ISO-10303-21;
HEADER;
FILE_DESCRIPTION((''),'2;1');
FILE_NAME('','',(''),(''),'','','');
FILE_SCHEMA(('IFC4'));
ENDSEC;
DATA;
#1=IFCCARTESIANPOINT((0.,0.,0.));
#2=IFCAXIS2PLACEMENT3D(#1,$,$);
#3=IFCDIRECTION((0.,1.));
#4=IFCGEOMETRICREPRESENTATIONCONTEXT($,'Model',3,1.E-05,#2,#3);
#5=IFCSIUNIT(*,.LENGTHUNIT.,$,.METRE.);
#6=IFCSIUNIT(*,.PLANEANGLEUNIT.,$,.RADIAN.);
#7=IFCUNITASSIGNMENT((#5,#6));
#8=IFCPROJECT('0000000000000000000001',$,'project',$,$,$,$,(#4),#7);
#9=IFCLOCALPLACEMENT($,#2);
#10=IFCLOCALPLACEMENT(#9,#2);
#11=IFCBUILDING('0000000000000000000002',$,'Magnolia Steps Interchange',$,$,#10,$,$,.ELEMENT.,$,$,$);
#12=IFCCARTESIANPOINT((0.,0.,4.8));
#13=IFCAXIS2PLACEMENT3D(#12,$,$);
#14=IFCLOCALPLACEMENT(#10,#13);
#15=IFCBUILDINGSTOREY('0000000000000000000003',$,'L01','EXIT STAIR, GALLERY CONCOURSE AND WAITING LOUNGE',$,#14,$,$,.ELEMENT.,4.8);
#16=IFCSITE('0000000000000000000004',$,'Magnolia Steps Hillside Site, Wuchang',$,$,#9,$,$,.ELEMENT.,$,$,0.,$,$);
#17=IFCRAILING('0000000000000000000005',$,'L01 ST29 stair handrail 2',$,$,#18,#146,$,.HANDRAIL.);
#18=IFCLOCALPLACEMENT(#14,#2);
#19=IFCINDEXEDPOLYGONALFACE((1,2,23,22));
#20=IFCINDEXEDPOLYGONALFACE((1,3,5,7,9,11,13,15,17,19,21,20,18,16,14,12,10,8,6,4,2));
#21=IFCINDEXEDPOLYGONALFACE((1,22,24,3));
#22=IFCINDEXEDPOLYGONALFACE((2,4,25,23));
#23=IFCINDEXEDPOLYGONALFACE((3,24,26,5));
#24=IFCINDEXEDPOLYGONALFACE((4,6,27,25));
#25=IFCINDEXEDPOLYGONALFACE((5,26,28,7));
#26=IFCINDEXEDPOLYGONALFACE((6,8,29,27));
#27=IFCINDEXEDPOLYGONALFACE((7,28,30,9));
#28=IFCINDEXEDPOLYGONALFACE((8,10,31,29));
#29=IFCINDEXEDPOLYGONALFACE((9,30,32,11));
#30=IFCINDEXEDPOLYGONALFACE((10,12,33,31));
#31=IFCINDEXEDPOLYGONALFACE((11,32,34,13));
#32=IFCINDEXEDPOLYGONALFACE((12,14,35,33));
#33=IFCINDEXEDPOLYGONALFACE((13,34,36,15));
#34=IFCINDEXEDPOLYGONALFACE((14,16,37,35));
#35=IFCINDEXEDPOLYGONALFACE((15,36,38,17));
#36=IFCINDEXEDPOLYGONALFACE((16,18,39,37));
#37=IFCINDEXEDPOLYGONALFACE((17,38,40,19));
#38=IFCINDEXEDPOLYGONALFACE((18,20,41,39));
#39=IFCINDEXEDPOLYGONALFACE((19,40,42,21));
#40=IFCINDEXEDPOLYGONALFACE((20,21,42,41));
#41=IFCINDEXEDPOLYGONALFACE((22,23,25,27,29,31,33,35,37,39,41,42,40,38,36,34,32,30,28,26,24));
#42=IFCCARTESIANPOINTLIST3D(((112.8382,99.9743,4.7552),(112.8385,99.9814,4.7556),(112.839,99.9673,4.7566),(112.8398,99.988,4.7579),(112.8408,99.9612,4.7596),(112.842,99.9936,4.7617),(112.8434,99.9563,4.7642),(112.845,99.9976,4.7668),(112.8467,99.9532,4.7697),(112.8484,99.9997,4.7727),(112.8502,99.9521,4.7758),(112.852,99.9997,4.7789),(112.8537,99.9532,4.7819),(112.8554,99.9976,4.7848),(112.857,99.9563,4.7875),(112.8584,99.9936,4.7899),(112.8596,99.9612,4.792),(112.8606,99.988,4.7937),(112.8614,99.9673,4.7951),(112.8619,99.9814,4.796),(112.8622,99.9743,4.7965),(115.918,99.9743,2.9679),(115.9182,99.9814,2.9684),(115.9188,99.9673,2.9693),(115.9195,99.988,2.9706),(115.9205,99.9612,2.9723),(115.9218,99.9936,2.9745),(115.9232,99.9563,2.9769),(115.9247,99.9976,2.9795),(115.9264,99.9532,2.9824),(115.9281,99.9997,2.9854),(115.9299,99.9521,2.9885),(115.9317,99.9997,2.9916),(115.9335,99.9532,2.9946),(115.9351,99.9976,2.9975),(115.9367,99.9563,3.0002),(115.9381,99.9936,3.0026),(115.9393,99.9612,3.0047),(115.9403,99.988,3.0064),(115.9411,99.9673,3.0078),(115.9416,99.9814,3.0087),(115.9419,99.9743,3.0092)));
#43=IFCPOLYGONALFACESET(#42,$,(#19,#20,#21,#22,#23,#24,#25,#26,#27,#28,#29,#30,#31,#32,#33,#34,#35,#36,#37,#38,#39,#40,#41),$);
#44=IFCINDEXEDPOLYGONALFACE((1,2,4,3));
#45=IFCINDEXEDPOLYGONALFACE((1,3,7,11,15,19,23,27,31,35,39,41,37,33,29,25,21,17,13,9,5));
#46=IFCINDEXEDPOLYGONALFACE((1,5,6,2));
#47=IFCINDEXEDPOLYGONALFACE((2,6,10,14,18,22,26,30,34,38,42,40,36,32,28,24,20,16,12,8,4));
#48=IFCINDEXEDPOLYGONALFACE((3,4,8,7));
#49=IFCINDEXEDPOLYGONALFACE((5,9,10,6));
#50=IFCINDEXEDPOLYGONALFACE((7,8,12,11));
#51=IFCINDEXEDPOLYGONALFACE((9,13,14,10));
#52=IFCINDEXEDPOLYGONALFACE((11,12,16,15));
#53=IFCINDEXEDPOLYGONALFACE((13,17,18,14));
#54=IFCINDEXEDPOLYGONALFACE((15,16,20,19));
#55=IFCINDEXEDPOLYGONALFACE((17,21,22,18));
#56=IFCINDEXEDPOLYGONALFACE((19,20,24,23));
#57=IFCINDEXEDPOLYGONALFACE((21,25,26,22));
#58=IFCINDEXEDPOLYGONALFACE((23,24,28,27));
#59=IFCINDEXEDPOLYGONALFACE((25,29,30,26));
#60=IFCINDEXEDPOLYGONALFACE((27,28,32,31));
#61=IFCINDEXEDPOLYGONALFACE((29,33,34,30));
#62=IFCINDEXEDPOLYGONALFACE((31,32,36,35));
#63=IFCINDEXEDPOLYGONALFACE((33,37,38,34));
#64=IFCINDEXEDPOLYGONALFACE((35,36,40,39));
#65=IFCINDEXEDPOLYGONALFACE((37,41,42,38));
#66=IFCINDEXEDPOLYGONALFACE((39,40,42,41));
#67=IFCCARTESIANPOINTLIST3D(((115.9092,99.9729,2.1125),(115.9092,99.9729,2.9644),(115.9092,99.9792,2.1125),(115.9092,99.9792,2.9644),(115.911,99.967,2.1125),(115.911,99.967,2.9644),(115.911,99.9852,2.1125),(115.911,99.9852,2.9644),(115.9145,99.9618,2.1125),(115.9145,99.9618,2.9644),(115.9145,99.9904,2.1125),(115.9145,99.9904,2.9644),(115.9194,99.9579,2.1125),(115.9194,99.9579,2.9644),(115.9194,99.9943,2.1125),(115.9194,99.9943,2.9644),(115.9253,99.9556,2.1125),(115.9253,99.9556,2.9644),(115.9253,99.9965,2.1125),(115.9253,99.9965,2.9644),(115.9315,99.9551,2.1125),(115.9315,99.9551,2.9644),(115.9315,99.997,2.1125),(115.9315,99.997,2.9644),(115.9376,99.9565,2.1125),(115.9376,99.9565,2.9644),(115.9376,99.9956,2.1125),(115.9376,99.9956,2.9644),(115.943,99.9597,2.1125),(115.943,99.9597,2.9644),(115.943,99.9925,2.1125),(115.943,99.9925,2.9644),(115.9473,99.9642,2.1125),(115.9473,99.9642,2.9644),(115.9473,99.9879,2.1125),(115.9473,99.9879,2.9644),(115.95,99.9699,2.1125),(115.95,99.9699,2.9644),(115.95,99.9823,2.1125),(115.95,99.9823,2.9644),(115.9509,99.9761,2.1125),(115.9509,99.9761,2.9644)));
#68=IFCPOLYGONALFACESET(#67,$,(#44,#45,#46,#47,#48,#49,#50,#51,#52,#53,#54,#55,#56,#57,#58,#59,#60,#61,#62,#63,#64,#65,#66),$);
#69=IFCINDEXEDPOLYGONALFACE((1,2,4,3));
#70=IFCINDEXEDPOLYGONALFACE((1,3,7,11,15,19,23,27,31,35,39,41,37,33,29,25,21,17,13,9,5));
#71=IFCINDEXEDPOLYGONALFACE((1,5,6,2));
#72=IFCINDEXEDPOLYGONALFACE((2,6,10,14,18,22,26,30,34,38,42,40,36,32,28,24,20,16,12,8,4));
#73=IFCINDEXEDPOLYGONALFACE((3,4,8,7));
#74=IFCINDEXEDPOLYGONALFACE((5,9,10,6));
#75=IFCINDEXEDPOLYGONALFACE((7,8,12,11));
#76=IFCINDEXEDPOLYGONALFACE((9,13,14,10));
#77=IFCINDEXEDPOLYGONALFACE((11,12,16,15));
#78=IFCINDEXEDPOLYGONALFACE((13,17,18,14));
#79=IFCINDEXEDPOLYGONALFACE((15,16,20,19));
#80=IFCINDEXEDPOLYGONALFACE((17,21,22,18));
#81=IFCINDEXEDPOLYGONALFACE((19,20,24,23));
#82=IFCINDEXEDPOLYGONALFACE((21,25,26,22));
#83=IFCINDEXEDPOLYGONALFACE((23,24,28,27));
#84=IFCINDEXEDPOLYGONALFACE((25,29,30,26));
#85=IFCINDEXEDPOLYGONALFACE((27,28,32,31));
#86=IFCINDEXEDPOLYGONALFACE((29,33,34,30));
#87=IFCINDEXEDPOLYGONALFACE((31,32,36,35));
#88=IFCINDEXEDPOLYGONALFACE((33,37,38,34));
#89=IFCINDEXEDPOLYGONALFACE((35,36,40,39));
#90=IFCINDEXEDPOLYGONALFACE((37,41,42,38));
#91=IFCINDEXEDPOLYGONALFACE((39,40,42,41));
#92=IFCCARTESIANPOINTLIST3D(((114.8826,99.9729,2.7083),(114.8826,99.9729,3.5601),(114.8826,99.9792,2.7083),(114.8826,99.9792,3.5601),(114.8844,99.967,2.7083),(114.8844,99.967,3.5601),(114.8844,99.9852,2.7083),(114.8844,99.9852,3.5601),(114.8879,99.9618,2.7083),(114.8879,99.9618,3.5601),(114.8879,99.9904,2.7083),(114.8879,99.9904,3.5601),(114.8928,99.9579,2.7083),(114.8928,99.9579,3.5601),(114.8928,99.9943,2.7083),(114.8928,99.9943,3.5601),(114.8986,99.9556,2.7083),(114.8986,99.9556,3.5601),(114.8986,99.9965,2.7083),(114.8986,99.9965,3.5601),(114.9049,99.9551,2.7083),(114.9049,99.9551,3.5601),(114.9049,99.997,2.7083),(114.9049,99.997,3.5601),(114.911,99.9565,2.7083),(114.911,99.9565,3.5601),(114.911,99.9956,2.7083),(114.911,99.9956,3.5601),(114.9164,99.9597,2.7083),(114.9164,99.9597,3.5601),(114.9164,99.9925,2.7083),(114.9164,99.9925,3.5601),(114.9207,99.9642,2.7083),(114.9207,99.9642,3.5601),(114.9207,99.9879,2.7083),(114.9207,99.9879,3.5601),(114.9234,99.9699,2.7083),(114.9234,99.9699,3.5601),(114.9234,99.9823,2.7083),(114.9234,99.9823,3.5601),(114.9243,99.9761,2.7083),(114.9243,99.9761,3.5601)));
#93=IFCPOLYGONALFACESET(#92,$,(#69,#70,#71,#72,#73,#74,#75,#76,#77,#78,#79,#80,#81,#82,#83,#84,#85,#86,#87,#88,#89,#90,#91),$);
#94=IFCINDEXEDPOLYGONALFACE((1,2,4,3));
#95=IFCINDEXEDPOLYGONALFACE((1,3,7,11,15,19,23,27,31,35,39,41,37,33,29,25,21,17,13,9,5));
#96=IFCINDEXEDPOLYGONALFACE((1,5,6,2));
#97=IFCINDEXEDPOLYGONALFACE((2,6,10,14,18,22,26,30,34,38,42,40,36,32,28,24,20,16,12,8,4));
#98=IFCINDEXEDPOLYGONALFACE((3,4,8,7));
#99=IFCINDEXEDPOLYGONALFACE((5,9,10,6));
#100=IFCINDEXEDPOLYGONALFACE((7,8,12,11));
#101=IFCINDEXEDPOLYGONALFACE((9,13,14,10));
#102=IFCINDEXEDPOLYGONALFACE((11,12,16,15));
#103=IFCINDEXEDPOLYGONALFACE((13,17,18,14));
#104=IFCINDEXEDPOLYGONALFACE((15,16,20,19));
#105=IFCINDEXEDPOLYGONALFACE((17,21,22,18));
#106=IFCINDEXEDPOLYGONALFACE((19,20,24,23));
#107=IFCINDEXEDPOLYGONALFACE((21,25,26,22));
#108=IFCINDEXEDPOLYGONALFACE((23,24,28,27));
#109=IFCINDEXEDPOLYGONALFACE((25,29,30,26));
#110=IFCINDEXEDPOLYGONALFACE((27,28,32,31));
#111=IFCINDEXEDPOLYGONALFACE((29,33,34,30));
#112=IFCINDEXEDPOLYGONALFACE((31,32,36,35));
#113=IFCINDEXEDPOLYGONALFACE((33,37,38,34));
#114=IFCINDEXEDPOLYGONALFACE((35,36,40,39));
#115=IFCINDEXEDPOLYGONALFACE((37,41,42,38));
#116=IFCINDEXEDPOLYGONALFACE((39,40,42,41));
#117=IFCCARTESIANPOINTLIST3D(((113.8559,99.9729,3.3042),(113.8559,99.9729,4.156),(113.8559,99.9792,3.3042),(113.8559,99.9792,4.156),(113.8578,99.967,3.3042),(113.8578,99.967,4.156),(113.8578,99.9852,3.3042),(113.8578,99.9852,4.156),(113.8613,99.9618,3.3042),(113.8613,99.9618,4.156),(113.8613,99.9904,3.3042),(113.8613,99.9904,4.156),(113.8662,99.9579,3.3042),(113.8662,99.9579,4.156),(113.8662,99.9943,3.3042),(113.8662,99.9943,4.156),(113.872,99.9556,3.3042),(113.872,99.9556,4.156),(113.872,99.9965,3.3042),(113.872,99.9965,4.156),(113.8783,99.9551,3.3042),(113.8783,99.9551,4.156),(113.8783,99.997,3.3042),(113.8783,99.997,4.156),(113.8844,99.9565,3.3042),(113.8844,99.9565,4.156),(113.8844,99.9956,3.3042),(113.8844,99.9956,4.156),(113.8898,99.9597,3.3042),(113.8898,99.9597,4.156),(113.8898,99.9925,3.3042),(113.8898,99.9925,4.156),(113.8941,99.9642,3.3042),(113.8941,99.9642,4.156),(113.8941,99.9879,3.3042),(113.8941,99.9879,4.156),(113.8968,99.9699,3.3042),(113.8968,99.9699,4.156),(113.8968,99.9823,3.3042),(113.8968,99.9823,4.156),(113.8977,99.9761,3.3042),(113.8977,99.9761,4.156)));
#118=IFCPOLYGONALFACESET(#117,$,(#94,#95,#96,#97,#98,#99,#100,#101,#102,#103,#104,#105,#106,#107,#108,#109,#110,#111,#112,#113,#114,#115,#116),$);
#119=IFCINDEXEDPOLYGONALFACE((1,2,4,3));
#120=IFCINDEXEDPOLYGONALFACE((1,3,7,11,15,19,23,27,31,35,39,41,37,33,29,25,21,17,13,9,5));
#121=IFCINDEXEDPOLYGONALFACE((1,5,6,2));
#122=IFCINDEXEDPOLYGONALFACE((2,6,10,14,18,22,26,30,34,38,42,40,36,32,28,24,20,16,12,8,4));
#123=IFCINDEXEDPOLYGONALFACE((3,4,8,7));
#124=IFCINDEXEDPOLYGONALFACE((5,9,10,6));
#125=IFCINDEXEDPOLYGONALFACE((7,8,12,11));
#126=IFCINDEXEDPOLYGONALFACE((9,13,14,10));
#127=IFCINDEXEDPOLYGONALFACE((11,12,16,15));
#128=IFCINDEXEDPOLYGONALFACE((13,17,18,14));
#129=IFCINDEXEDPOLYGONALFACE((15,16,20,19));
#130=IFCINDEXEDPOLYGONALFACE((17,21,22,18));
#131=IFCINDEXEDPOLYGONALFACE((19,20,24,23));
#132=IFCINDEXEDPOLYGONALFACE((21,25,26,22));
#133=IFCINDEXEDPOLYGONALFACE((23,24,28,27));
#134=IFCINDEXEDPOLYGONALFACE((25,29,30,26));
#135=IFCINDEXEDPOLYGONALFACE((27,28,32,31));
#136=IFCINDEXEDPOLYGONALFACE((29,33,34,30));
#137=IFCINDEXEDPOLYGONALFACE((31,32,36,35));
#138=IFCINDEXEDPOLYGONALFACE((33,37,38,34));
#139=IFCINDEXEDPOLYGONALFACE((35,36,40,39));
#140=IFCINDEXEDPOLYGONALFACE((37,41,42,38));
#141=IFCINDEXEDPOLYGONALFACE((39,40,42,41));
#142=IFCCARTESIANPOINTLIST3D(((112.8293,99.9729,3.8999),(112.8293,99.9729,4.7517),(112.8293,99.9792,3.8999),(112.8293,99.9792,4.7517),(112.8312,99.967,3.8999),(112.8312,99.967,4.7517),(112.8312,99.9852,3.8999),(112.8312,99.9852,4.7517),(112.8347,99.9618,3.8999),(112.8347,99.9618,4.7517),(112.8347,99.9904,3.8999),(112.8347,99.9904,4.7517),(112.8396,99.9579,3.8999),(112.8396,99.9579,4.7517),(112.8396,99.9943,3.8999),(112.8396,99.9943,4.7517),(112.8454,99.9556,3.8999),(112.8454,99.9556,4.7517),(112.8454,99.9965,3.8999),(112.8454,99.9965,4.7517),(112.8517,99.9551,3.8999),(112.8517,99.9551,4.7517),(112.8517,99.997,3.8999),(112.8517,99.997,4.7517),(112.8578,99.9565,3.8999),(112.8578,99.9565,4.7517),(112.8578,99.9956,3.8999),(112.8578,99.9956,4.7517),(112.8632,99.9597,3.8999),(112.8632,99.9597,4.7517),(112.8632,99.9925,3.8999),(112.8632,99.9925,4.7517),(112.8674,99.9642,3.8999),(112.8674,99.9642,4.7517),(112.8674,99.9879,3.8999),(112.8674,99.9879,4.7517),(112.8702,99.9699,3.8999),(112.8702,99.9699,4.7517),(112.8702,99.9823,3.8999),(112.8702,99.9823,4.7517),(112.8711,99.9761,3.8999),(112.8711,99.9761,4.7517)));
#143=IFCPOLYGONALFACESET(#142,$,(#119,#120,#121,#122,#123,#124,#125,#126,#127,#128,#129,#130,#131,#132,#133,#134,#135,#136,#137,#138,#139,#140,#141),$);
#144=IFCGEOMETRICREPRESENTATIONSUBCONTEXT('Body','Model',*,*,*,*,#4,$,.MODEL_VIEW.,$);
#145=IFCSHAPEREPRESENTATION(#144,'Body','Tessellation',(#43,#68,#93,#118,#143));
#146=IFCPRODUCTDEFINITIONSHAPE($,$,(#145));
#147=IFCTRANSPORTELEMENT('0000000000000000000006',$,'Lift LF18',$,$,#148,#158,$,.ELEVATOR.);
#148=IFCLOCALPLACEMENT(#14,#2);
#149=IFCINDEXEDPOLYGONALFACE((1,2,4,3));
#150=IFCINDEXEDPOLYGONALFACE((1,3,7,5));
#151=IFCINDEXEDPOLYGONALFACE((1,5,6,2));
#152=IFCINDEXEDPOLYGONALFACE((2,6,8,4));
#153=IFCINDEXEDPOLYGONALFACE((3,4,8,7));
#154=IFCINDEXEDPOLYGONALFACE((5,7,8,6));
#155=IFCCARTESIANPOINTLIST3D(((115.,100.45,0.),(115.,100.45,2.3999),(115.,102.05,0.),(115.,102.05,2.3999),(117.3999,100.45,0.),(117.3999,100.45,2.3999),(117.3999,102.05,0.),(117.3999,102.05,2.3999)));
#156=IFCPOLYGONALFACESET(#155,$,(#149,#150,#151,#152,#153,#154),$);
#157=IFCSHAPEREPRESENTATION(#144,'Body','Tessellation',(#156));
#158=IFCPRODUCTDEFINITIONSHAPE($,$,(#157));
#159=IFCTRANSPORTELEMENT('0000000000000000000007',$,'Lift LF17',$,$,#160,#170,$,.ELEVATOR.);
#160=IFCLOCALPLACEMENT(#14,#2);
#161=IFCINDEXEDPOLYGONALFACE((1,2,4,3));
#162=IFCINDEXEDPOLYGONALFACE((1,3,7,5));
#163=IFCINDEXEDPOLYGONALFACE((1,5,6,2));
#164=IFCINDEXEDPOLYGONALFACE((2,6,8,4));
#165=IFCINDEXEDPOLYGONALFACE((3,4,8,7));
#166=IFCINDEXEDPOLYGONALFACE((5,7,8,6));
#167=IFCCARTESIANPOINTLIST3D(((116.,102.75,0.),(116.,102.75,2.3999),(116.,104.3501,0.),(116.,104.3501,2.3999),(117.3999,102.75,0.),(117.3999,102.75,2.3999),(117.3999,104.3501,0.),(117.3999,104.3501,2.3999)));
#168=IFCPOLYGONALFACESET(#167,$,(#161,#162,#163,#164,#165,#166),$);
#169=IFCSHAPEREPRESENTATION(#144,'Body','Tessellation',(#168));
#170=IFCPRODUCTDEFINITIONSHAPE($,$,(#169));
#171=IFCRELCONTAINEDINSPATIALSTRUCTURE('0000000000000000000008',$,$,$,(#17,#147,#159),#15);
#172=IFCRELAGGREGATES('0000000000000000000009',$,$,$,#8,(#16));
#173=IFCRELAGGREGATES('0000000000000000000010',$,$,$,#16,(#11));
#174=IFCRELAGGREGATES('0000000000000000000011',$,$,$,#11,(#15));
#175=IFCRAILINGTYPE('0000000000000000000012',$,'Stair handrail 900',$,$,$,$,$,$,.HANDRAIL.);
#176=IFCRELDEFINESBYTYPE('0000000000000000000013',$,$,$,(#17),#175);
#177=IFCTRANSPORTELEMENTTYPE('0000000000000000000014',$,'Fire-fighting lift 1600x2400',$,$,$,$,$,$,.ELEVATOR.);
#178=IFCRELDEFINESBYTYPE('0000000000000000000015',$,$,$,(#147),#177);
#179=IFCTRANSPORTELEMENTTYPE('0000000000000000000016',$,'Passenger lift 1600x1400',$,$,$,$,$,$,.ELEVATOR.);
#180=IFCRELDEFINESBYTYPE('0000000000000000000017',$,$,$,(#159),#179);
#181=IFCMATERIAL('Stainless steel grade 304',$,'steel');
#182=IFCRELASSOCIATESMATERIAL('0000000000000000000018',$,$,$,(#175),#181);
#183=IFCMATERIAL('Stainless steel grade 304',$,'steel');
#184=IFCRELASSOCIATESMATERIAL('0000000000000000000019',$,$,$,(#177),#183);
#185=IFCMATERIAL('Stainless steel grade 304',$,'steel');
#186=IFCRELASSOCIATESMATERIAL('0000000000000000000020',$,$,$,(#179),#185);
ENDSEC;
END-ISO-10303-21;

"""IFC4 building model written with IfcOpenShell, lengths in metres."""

from ifc_helpers import new_model, si_unit, direction, frame, origin, origin_2d, place, context, subcontext, project, spatial, rectangle, circle, extrude, material, type_object, element, save


model = new_model("IFC4")

# Units and contexts
model_context = context("Model", 3, precision=1e-05, world=origin(), true_north=direction((0.0, 1.0)))
body_context = subcontext(model_context, "Body", "Model", "MODEL_VIEW")
ifc_project = project(units=[si_unit("LENGTHUNIT", "METRE"), si_unit("PLANEANGLEUNIT", "RADIAN")], contexts=[model_context])

# Site, building, storey
site_placement = place(None, origin())
site = spatial("IfcSite", under=ifc_project, at=site_placement, Name="Magnolia Steps Hillside Site, Wuchang", CompositionType="ELEMENT", RefElevation=0.0)
building_placement = place(site_placement, origin())
building = spatial("IfcBuilding", under=site, at=building_placement, Name="Magnolia Steps Interchange", CompositionType="ELEMENT")
storey_placement = place(building_placement, frame((0.0, 0.0, 4.8)))
storey = spatial("IfcBuildingStorey", under=building, at=storey_placement, Name="L01", Description="EXIT STAIR, GALLERY CONCOURSE AND WAITING LOUNGE", CompositionType="ELEMENT", Elevation=4.8)

# Railing
ifc_material_1 = material(Name="Stainless steel grade 304", Category="steel")
railing_type_1 = type_object("IfcRailingType", Name="Stair handrail 900", PredefinedType="HANDRAIL", material=ifc_material_1)
railing_1_placement = place(storey_placement, frame((115.9299, 99.9761, 2.1125)))
element("IfcRailing", 1, at=railing_1_placement, inside=storey, type_object=railing_type_1, Name="L01 ST29 stair handrail 2", PredefinedType="HANDRAIL", context=body_context, shape_type="SweptSolid", body=[
    extrude(circle(Radius=0.0239, at=origin_2d()), frame((0.0, 0.0, 0.876), z_axis=(-0.864903, 0.0, 0.501939), x_axis=(0.0, -1.0, 0.0)), (0.0, 0.0, 1.0), 3.5608),
    extrude(circle(Radius=0.021, at=origin_2d()), origin(), (0.0, 0.0, 1.0), 0.8518),
    extrude(circle(Radius=0.021, at=origin_2d()), frame((-1.0266, 0.0, 0.5957)), (0.0, 0.0, 1.0), 0.8518),
    extrude(circle(Radius=0.021, at=origin_2d()), frame((-2.0532, 0.0, 1.1917)), (0.0, 0.0, 1.0), 0.8518),
    extrude(circle(Radius=0.021, at=origin_2d()), frame((-3.0798, 0.0, 1.7874)), (0.0, 0.0, 1.0), 0.8518),
])

# Transport elements
ifc_material_2 = material(Name="Stainless steel grade 304", Category="steel")
transport_element_type_1 = type_object("IfcTransportElementType", Name="Fire-fighting lift 1600x2400", PredefinedType="ELEVATOR", material=ifc_material_2)
transport_element_1_placement = place(storey_placement, frame((116.2, 101.25, 0.0), z_axis=(0.0, 0.0, 1.0), x_axis=(0.0, -1.0, 0.0)))
element("IfcTransportElement", 2, at=transport_element_1_placement, inside=storey, type_object=transport_element_type_1, Name="Lift LF18", PredefinedType="ELEVATOR", context=body_context, shape_type="SweptSolid", body=[
    extrude(rectangle(XDim=1.6001, YDim=2.3999, at=origin_2d()), origin(), (0.0, 0.0, 1.0), 2.3999),
])
ifc_material_3 = material(Name="Stainless steel grade 304", Category="steel")
transport_element_type_2 = type_object("IfcTransportElementType", Name="Passenger lift 1600x1400", PredefinedType="ELEVATOR", material=ifc_material_3)
transport_element_2_placement = place(storey_placement, frame((116.7, 103.55, 0.0), z_axis=(0.0, 0.0, 1.0), x_axis=(0.0, -1.0, 0.0)))
element("IfcTransportElement", 3, at=transport_element_2_placement, inside=storey, type_object=transport_element_type_2, Name="Lift LF17", PredefinedType="ELEVATOR", context=body_context, shape_type="SweptSolid", body=[
    extrude(rectangle(XDim=1.6001, YDim=1.3999, at=origin_2d()), origin(), (0.0, 0.0, 1.0), 2.3999),
])

save(model, "model.ifc")
